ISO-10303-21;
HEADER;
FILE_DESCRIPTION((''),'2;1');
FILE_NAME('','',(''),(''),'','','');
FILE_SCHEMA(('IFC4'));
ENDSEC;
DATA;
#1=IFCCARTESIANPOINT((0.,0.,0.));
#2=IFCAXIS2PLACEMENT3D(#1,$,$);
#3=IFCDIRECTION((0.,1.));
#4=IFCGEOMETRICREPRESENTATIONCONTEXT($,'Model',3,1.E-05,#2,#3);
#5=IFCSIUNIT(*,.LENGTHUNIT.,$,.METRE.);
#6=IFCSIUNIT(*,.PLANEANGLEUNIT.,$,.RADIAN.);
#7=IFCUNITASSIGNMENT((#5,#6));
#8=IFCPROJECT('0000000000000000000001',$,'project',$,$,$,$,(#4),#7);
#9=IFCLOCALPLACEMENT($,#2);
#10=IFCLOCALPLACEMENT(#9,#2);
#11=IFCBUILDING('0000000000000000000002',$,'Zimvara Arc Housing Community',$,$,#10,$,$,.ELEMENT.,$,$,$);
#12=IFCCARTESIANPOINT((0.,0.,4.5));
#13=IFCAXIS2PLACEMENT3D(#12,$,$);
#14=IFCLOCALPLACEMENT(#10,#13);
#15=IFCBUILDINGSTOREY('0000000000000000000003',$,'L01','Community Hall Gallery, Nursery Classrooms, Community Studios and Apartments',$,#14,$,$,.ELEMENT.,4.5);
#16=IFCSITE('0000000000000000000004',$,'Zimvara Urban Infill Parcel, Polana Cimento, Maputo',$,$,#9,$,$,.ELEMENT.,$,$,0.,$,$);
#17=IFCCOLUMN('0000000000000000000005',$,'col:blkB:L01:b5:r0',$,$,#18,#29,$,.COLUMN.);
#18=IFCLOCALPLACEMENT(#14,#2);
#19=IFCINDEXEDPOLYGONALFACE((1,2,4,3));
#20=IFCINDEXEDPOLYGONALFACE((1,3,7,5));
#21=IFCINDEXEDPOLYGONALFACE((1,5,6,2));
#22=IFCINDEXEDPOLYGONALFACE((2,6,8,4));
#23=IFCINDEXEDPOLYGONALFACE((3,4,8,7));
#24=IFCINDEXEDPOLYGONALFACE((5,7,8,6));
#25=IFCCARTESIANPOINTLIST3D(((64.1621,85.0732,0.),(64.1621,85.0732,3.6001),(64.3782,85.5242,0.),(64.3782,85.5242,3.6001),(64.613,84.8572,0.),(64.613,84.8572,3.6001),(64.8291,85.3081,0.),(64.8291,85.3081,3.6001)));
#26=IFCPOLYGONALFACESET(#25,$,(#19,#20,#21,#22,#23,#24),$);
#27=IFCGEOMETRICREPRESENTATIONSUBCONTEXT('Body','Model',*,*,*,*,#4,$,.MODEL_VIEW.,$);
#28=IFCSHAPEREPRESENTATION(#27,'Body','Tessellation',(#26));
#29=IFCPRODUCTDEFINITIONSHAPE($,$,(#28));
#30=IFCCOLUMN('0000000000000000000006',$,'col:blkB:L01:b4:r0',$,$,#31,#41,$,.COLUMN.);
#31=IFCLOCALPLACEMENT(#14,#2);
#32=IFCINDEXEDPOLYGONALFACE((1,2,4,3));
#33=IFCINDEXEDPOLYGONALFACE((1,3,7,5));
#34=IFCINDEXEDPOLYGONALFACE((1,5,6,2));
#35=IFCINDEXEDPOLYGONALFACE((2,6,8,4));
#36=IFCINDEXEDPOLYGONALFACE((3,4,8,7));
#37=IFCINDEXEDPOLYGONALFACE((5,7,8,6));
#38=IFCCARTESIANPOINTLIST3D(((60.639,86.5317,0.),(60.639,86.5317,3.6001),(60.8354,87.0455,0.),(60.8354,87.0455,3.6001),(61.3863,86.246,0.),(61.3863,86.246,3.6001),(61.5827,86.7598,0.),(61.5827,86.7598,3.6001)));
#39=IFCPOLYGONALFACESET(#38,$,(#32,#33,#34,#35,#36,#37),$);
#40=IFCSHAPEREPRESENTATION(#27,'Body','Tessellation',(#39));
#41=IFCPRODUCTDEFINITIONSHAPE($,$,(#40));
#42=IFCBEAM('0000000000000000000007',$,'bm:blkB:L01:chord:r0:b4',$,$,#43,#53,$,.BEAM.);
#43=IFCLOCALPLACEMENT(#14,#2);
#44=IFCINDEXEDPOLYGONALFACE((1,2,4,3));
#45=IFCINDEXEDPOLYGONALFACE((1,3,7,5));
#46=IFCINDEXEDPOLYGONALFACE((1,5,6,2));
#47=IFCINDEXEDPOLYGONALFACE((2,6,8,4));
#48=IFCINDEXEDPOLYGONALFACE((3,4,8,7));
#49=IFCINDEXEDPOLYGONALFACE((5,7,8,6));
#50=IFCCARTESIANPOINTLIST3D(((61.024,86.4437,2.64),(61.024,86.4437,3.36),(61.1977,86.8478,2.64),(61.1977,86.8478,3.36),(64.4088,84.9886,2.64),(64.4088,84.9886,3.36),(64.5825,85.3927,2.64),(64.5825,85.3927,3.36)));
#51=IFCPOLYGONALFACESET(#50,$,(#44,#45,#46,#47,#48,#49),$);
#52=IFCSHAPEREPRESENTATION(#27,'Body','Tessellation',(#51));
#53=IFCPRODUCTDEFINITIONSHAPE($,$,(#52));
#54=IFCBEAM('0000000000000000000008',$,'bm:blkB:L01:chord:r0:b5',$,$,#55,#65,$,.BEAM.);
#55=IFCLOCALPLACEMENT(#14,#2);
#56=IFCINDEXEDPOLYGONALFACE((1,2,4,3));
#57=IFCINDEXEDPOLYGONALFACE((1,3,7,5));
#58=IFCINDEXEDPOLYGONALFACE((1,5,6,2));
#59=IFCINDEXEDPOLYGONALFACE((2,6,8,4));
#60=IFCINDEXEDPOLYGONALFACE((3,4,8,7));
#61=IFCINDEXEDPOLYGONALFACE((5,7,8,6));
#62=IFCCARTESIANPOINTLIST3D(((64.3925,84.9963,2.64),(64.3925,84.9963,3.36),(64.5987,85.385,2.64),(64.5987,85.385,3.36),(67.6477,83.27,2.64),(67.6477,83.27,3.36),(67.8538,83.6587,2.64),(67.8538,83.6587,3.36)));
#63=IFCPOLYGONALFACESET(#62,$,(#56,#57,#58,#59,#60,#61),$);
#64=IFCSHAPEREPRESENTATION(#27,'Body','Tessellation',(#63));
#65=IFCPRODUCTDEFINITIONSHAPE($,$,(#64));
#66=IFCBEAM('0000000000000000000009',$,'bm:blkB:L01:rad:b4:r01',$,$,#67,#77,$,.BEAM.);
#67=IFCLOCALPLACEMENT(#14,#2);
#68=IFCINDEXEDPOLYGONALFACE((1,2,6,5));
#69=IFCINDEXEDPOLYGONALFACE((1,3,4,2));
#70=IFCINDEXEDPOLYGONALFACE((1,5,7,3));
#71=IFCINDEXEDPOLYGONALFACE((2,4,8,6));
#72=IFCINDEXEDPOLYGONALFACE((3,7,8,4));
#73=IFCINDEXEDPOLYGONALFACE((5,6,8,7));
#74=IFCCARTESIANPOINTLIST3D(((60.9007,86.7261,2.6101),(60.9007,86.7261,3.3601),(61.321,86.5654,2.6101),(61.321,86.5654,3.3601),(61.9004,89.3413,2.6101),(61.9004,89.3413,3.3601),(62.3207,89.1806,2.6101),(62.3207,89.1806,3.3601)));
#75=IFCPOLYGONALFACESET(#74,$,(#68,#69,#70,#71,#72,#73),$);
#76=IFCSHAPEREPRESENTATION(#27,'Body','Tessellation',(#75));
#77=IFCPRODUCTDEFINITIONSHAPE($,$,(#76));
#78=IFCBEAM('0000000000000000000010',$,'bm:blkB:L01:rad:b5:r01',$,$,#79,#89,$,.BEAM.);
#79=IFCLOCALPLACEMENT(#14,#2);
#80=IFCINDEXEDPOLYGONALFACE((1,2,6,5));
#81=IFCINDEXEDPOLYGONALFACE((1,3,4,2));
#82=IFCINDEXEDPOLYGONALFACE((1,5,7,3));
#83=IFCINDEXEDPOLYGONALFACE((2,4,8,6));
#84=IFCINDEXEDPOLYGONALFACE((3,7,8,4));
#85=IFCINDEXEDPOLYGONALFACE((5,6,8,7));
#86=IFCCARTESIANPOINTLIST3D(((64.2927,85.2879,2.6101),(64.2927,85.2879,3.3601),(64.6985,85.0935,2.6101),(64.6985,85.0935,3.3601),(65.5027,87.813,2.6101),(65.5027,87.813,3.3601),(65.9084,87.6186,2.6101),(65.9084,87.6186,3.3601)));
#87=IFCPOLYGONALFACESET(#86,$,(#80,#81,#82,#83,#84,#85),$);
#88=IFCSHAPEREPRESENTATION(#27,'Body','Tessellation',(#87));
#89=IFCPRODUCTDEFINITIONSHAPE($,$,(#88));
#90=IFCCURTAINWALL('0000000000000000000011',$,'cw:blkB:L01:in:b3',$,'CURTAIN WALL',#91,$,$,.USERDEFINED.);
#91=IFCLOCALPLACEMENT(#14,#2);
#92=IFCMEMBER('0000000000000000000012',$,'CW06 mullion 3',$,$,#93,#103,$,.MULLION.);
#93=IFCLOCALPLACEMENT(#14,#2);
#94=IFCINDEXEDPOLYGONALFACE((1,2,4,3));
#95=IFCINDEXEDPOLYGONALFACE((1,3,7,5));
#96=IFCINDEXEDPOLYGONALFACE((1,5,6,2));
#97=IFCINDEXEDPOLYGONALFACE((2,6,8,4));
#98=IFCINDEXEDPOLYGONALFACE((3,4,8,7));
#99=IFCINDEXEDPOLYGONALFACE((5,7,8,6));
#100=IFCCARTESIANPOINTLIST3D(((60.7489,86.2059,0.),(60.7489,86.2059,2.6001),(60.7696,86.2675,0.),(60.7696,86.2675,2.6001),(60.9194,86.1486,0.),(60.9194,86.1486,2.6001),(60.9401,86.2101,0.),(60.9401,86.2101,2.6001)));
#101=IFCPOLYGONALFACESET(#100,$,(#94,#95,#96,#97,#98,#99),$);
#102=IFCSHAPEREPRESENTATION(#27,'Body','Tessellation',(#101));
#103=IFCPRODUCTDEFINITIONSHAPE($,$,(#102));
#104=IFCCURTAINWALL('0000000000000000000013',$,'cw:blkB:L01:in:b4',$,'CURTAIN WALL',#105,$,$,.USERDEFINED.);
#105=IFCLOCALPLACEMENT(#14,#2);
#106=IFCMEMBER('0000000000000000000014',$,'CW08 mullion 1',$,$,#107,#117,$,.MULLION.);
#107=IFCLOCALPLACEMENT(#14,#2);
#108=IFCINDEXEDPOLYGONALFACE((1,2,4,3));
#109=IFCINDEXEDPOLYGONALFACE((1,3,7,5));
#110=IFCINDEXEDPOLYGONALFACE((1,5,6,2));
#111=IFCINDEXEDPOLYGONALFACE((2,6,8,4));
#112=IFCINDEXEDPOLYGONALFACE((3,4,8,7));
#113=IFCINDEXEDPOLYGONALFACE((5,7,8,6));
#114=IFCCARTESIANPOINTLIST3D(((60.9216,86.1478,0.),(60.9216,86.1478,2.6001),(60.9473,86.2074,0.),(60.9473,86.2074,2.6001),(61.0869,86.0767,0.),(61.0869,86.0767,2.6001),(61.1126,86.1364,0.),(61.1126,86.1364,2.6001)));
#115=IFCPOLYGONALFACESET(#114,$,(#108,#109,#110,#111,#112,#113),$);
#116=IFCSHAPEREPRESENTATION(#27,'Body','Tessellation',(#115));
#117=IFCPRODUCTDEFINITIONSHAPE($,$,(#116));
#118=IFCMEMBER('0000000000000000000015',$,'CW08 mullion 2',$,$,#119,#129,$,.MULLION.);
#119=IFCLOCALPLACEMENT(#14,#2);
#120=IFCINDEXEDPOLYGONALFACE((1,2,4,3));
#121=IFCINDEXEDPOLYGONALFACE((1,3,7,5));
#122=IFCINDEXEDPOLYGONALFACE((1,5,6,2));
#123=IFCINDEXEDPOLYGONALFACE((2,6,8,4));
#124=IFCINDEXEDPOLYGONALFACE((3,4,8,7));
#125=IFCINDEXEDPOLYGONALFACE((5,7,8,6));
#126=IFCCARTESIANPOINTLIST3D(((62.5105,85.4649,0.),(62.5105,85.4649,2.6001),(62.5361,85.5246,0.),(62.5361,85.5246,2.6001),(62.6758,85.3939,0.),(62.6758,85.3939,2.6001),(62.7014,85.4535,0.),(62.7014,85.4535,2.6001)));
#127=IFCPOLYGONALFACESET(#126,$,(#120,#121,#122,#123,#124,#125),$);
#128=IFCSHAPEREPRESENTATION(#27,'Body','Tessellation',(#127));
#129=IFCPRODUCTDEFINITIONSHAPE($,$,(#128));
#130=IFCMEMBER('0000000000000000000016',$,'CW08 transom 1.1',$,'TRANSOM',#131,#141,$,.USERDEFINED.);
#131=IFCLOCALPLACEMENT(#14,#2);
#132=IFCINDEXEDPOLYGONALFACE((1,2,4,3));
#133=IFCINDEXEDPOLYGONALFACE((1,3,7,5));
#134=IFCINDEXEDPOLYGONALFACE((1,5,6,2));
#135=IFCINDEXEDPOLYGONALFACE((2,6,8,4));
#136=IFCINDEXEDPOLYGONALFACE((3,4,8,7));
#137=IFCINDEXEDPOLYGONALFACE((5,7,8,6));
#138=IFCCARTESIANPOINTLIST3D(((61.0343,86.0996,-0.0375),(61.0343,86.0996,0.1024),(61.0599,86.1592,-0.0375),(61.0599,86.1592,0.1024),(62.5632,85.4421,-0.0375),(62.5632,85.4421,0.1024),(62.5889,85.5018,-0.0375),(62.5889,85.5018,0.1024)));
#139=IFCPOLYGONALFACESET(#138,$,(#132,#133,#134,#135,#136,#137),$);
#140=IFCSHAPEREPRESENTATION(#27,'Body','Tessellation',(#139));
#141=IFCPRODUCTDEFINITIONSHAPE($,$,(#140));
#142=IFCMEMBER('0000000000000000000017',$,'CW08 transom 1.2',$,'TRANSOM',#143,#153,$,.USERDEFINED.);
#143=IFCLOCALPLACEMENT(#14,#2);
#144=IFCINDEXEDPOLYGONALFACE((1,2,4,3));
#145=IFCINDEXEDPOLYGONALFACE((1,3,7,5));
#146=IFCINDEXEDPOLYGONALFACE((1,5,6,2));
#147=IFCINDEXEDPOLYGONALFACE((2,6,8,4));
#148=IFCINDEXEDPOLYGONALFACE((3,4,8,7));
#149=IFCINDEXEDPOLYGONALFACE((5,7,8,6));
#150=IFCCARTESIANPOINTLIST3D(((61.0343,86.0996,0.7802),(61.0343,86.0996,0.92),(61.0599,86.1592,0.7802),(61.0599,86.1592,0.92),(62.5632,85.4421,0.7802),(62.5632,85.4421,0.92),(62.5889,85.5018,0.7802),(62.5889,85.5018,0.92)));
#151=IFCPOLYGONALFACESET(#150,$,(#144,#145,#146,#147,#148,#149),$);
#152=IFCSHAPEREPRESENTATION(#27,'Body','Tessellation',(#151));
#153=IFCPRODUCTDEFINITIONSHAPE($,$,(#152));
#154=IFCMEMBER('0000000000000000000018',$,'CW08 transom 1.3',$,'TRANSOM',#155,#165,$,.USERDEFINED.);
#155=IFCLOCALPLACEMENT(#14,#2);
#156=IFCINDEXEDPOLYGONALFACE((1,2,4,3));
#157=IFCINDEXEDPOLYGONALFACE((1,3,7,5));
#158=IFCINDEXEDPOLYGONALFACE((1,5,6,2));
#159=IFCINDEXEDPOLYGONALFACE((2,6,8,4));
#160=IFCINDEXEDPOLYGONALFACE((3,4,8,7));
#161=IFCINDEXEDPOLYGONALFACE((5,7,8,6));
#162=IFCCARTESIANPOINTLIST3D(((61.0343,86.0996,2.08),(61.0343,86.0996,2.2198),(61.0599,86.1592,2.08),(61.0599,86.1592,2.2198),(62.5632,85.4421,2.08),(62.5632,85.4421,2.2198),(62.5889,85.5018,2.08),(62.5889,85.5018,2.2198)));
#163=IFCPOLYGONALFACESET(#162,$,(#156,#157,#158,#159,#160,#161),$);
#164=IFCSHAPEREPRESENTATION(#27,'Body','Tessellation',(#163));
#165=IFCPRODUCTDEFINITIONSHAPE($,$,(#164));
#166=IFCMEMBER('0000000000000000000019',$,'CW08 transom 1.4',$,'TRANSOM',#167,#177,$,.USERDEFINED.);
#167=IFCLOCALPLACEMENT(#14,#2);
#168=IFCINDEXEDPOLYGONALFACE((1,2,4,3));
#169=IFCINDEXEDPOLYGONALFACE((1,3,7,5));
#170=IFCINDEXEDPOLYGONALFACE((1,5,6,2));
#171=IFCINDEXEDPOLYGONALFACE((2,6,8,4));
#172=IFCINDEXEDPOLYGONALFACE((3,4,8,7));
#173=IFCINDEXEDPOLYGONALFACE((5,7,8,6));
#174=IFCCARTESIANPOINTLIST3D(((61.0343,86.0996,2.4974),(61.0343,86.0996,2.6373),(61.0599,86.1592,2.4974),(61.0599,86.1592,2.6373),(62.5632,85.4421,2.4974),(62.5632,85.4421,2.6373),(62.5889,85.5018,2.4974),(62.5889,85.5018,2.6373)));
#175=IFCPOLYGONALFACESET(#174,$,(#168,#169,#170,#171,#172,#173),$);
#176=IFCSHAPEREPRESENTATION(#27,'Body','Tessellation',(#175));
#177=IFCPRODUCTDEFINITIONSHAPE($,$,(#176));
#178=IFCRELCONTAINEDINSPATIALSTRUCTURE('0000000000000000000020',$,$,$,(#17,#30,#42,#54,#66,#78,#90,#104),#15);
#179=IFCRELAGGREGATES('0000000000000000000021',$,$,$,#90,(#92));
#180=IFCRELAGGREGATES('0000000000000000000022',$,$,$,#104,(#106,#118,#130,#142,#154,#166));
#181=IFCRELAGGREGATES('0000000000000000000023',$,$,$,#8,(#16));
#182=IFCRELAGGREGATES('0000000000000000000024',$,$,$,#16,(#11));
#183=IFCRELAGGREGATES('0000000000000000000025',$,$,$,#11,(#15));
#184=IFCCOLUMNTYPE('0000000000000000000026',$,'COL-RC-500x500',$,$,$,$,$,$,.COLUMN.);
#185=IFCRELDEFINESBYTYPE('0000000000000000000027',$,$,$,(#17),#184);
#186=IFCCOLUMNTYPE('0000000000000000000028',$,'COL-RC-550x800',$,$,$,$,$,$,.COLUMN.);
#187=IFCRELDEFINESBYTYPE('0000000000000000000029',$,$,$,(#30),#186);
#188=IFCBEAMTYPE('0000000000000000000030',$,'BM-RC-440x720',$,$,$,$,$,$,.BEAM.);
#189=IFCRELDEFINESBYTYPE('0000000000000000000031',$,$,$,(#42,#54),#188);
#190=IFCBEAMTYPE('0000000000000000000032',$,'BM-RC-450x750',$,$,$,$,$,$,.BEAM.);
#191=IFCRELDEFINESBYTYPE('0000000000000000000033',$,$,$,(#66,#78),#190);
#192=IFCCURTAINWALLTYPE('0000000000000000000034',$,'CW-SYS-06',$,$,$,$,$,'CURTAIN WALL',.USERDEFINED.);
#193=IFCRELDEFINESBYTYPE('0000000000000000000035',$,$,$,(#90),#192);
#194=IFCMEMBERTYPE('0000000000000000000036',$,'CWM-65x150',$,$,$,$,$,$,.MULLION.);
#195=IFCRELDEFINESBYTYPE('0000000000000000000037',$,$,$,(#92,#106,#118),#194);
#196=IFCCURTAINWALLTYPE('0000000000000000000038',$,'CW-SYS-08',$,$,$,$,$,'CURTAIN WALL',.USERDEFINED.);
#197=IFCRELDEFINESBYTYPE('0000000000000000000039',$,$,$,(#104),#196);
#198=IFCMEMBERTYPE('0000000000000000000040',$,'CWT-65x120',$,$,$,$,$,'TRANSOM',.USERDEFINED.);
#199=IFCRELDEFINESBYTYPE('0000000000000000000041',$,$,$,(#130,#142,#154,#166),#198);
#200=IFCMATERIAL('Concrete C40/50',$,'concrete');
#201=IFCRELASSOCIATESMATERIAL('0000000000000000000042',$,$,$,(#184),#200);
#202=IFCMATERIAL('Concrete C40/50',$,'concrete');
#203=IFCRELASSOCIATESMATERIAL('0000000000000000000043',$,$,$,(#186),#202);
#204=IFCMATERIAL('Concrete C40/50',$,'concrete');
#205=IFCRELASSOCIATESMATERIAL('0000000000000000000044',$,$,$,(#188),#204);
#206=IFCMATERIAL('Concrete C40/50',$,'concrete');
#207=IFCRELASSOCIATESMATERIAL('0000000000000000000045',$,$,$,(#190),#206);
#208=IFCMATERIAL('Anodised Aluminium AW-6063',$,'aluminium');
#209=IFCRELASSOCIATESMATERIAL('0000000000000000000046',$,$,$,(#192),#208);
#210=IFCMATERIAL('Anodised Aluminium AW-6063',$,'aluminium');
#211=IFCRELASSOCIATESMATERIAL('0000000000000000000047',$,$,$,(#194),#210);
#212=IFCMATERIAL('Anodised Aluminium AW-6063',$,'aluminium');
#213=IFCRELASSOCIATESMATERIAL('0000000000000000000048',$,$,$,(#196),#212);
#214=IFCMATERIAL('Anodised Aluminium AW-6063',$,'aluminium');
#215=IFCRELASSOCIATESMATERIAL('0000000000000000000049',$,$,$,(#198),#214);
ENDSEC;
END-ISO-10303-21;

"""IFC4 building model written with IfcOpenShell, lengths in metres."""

from ifc_helpers import new_model, si_unit, direction, frame, origin, origin_2d, place, context, subcontext, project, spatial, rectangle, extrude, material, material_profile, profile_set, type_object, element, aggregate, save


model = new_model("IFC4")

# Units and contexts
model_context = context("Model", 3, precision=1e-05, world=origin(), true_north=direction((0.0, 1.0)))
body_context = subcontext(model_context, "Body", "Model", "MODEL_VIEW")
ifc_project = project(units=[si_unit("LENGTHUNIT", "METRE"), si_unit("PLANEANGLEUNIT", "RADIAN")], contexts=[model_context])

# Site, building, storey
site_placement = place(None, origin())
site = spatial("IfcSite", under=ifc_project, at=site_placement, Name="Zimvara Urban Infill Parcel, Polana Cimento, Maputo", CompositionType="ELEMENT", RefElevation=0.0)
building_placement = place(site_placement, origin())
building = spatial("IfcBuilding", under=site, at=building_placement, Name="Zimvara Arc Housing Community", CompositionType="ELEMENT")
storey_placement = place(building_placement, frame((0.0, 0.0, 4.5)))
storey = spatial("IfcBuildingStorey", under=building, at=storey_placement, Name="L01", Description="Community Hall Gallery, Nursery Classrooms, Community Studios and Apartments", CompositionType="ELEMENT", Elevation=4.5)

# Columns
ifc_material_1 = material(Name="Concrete C40/50", Category="concrete")
ifc_material_profile_1 = material_profile(ifc_material_1, rectangle(XDim=0.5, YDim=0.5, at=origin_2d()), Name="RC 500x500")
ifc_profile_set_1 = profile_set([ifc_material_profile_1], Name="Concrete C40/50")
column_type_1 = type_object("IfcColumnType", Name="COL-RC-500x500", PredefinedType="COLUMN", material=ifc_profile_set_1)
column_1_placement = place(storey_placement, frame((64.4956, 85.1907, 0.0), z_axis=(0.0, 0.0, 1.0), x_axis=(0.432086, 0.901833, 0.0)))
element("IfcColumn", 1, at=column_1_placement, inside=storey, type_object=column_type_1, Name="col:blkB:L01:b5:r0", PredefinedType="COLUMN", context=body_context, shape_type="SweptSolid", body=[
    extrude(rectangle(XDim=0.5, YDim=0.5, at=origin_2d()), origin(), (0.0, 0.0, 1.0), 3.6001),
])
ifc_material_2 = material(Name="Concrete C40/50", Category="concrete")
ifc_material_profile_2 = material_profile(ifc_material_2, rectangle(XDim=0.55, YDim=0.8, at=origin_2d()), Name="RC 550x800")
ifc_profile_set_2 = profile_set([ifc_material_profile_2], Name="Concrete C40/50")
column_type_2 = type_object("IfcColumnType", Name="COL-RC-550x800", PredefinedType="COLUMN", material=ifc_profile_set_2)
column_2_placement = place(storey_placement, frame((61.1108, 86.6458, 0.0), z_axis=(0.0, 0.0, 1.0), x_axis=(0.357064, 0.93408, 0.0)))
element("IfcColumn", 2, at=column_2_placement, inside=storey, type_object=column_type_2, Name="col:blkB:L01:b4:r0", PredefinedType="COLUMN", context=body_context, shape_type="SweptSolid", body=[
    extrude(rectangle(XDim=0.55, YDim=0.8, at=origin_2d()), origin(), (0.0, 0.0, 1.0), 3.6001),
])

# Beams
ifc_material_3 = material(Name="Concrete C40/50", Category="concrete")
ifc_material_profile_3 = material_profile(ifc_material_3, rectangle(XDim=0.4399, YDim=0.72, at=origin_2d()), Name="RC 440x720")
ifc_profile_set_3 = profile_set([ifc_material_profile_3], Name="Concrete C40/50")
beam_type_1 = type_object("IfcBeamType", Name="BM-RC-440x720", PredefinedType="BEAM", material=ifc_profile_set_3)
beam_1_placement = place(storey_placement, frame((61.1108, 86.6458, 3.0), z_axis=(0.918706, -0.394943, 0.0), x_axis=(0.394943, 0.918706, 0.0)))
element("IfcBeam", 3, at=beam_1_placement, inside=storey, type_object=beam_type_1, Name="bm:blkB:L01:chord:r0:b4", PredefinedType="BEAM", context=body_context, shape_type="SweptSolid", body=[
    extrude(rectangle(XDim=0.4399, YDim=0.72, at=origin_2d()), origin(), (0.0, 0.0, 1.0), 3.6843),
])
beam_2_placement = place(storey_placement, frame((64.4956, 85.1907, 3.0), z_axis=(0.883449, -0.468527, 0.0), x_axis=(0.468527, 0.883449, 0.0)))
element("IfcBeam", 4, at=beam_2_placement, inside=storey, type_object=beam_type_1, Name="bm:blkB:L01:chord:r0:b5", PredefinedType="BEAM", context=body_context, shape_type="SweptSolid", body=[
    extrude(rectangle(XDim=0.4399, YDim=0.72, at=origin_2d()), origin(), (0.0, 0.0, 1.0), 3.6846),
])
ifc_material_4 = material(Name="Concrete C40/50", Category="concrete")
ifc_material_profile_4 = material_profile(ifc_material_4, rectangle(XDim=0.45, YDim=0.75, at=origin_2d()), Name="RC 450x750")
ifc_profile_set_4 = profile_set([ifc_material_profile_4], Name="Concrete C40/50")
beam_type_2 = type_object("IfcBeamType", Name="BM-RC-450x750", PredefinedType="BEAM", material=ifc_profile_set_4)
beam_3_placement = place(storey_placement, frame((61.1108, 86.6458, 2.9851), z_axis=(0.357079, 0.934074, 0.0), x_axis=(-0.934074, 0.357079, 0.0)))
element("IfcBeam", 5, at=beam_3_placement, inside=storey, type_object=beam_type_2, Name="bm:blkB:L01:rad:b4:r01", PredefinedType="BEAM", context=body_context, shape_type="SweptSolid", body=[
    extrude(rectangle(XDim=0.45, YDim=0.75, at=origin_2d()), origin(), (0.0, 0.0, 1.0), 2.7998),
])
beam_4_placement = place(storey_placement, frame((64.4956, 85.1907, 2.9851), z_axis=(0.432119, 0.901817, 0.0), x_axis=(-0.901817, 0.432119, 0.0)))
element("IfcBeam", 6, at=beam_4_placement, inside=storey, type_object=beam_type_2, Name="bm:blkB:L01:rad:b5:r01", PredefinedType="BEAM", context=body_context, shape_type="SweptSolid", body=[
    extrude(rectangle(XDim=0.45, YDim=0.75, at=origin_2d()), origin(), (0.0, 0.0, 1.0), 2.8),
])

# Curtain wall, member
ifc_material_5 = material(Name="Anodised Aluminium AW-6063", Category="aluminium")
curtain_wall_type_1 = type_object("IfcCurtainWallType", Name="CW-SYS-06", ElementType="CURTAIN WALL", PredefinedType="USERDEFINED", material=ifc_material_5)
curtain_wall_1_placement = place(storey_placement, origin())
curtain_wall_1 = element("IfcCurtainWall", 7, at=curtain_wall_1_placement, inside=storey, type_object=curtain_wall_type_1, Name="cw:blkB:L01:in:b3", ObjectType="CURTAIN WALL", PredefinedType="USERDEFINED")
ifc_material_6 = material(Name="Anodised Aluminium AW-6063", Category="aluminium")
ifc_material_profile_5 = material_profile(ifc_material_6, rectangle(XDim=0.0649, YDim=0.1799, at=origin_2d()), Name="ALU 65x180")
ifc_profile_set_5 = profile_set([ifc_material_profile_5], Name="Anodised Aluminium AW-6063")
member_type_1 = type_object("IfcMemberType", Name="CWM-65x150", PredefinedType="MULLION", material=ifc_profile_set_5)
member_1_placement = place(storey_placement, frame((60.8445, 86.208, 0.0), z_axis=(0.0, 0.0, 1.0), x_axis=(0.31863, 0.947879, 0.0)))
member_1 = element("IfcMember", 8, at=member_1_placement, type_object=member_type_1, Name="CW06 mullion 3", PredefinedType="MULLION", context=body_context, shape_type="SweptSolid", body=[
    extrude(rectangle(XDim=0.0649, YDim=0.1799, at=origin_2d()), origin(), (0.0, 0.0, 1.0), 2.6001),
])
aggregate(curtain_wall_1, [member_1])

# Curtain wall, members
ifc_material_7 = material(Name="Anodised Aluminium AW-6063", Category="aluminium")
curtain_wall_type_2 = type_object("IfcCurtainWallType", Name="CW-SYS-08", ElementType="CURTAIN WALL", PredefinedType="USERDEFINED", material=ifc_material_7)
curtain_wall_2_placement = place(storey_placement, origin())
curtain_wall_2 = element("IfcCurtainWall", 9, at=curtain_wall_2_placement, inside=storey, type_object=curtain_wall_type_2, Name="cw:blkB:L01:in:b4", ObjectType="CURTAIN WALL", PredefinedType="USERDEFINED")
member_2_placement = place(storey_placement, frame((61.0171, 86.1421, 0.0), z_axis=(0.0, 0.0, 1.0), x_axis=(0.394904, 0.918722, 0.0)))
member_2 = element("IfcMember", 10, at=member_2_placement, type_object=member_type_1, Name="CW08 mullion 1", PredefinedType="MULLION", context=body_context, shape_type="SweptSolid", body=[
    extrude(rectangle(XDim=0.0649, YDim=0.1799, at=origin_2d()), origin(), (0.0, 0.0, 1.0), 2.6001),
])
member_3_placement = place(storey_placement, frame((62.606, 85.4592, 0.0), z_axis=(0.0, 0.0, 1.0), x_axis=(0.394904, 0.918722, 0.0)))
member_3 = element("IfcMember", 11, at=member_3_placement, type_object=member_type_1, Name="CW08 mullion 2", PredefinedType="MULLION", context=body_context, shape_type="SweptSolid", body=[
    extrude(rectangle(XDim=0.0649, YDim=0.1799, at=origin_2d()), origin(), (0.0, 0.0, 1.0), 2.6001),
])
ifc_material_8 = material(Name="Anodised Aluminium AW-6063", Category="aluminium")
ifc_material_profile_6 = material_profile(ifc_material_8, rectangle(XDim=0.0649, YDim=0.1399, at=origin_2d()), Name="ALU 65x140")
ifc_profile_set_6 = profile_set([ifc_material_profile_6], Name="Anodised Aluminium AW-6063")
member_type_2 = type_object("IfcMemberType", Name="CWT-65x120", ElementType="TRANSOM", PredefinedType="USERDEFINED", material=ifc_profile_set_6)
member_4_placement = place(storey_placement, frame((61.0471, 86.1294, 0.0325), z_axis=(0.918674, -0.395017, 0.0), x_axis=(0.395017, 0.918674, 0.0)))
member_4 = element("IfcMember", 12, at=member_4_placement, type_object=member_type_2, Name="CW08 transom 1.1", ObjectType="TRANSOM", PredefinedType="USERDEFINED", context=body_context, shape_type="SweptSolid", body=[
    extrude(rectangle(XDim=0.0649, YDim=0.1399, at=origin_2d()), origin(), (0.0, 0.0, 1.0), 1.6643),
])
member_5_placement = place(storey_placement, frame((61.0471, 86.1294, 0.8501), z_axis=(0.918674, -0.395017, 0.0), x_axis=(0.395017, 0.918674, 0.0)))
member_5 = element("IfcMember", 13, at=member_5_placement, type_object=member_type_2, Name="CW08 transom 1.2", ObjectType="TRANSOM", PredefinedType="USERDEFINED", context=body_context, shape_type="SweptSolid", body=[
    extrude(rectangle(XDim=0.0649, YDim=0.1399, at=origin_2d()), origin(), (0.0, 0.0, 1.0), 1.6643),
])
member_6_placement = place(storey_placement, frame((61.0471, 86.1294, 2.1499), z_axis=(0.918674, -0.395017, 0.0), x_axis=(0.395017, 0.918674, 0.0)))
member_6 = element("IfcMember", 14, at=member_6_placement, type_object=member_type_2, Name="CW08 transom 1.3", ObjectType="TRANSOM", PredefinedType="USERDEFINED", context=body_context, shape_type="SweptSolid", body=[
    extrude(rectangle(XDim=0.0649, YDim=0.1399, at=origin_2d()), origin(), (0.0, 0.0, 1.0), 1.6643),
])
member_7_placement = place(storey_placement, frame((61.0471, 86.1294, 2.5674), z_axis=(0.918674, -0.395017, 0.0), x_axis=(0.395017, 0.918674, 0.0)))
member_7 = element("IfcMember", 15, at=member_7_placement, type_object=member_type_2, Name="CW08 transom 1.4", ObjectType="TRANSOM", PredefinedType="USERDEFINED", context=body_context, shape_type="SweptSolid", body=[
    extrude(rectangle(XDim=0.0649, YDim=0.1399, at=origin_2d()), origin(), (0.0, 0.0, 1.0), 1.6643),
])
aggregate(curtain_wall_2, [member_2, member_3, member_4, member_5, member_6, member_7])

save(model, "model.ifc")
